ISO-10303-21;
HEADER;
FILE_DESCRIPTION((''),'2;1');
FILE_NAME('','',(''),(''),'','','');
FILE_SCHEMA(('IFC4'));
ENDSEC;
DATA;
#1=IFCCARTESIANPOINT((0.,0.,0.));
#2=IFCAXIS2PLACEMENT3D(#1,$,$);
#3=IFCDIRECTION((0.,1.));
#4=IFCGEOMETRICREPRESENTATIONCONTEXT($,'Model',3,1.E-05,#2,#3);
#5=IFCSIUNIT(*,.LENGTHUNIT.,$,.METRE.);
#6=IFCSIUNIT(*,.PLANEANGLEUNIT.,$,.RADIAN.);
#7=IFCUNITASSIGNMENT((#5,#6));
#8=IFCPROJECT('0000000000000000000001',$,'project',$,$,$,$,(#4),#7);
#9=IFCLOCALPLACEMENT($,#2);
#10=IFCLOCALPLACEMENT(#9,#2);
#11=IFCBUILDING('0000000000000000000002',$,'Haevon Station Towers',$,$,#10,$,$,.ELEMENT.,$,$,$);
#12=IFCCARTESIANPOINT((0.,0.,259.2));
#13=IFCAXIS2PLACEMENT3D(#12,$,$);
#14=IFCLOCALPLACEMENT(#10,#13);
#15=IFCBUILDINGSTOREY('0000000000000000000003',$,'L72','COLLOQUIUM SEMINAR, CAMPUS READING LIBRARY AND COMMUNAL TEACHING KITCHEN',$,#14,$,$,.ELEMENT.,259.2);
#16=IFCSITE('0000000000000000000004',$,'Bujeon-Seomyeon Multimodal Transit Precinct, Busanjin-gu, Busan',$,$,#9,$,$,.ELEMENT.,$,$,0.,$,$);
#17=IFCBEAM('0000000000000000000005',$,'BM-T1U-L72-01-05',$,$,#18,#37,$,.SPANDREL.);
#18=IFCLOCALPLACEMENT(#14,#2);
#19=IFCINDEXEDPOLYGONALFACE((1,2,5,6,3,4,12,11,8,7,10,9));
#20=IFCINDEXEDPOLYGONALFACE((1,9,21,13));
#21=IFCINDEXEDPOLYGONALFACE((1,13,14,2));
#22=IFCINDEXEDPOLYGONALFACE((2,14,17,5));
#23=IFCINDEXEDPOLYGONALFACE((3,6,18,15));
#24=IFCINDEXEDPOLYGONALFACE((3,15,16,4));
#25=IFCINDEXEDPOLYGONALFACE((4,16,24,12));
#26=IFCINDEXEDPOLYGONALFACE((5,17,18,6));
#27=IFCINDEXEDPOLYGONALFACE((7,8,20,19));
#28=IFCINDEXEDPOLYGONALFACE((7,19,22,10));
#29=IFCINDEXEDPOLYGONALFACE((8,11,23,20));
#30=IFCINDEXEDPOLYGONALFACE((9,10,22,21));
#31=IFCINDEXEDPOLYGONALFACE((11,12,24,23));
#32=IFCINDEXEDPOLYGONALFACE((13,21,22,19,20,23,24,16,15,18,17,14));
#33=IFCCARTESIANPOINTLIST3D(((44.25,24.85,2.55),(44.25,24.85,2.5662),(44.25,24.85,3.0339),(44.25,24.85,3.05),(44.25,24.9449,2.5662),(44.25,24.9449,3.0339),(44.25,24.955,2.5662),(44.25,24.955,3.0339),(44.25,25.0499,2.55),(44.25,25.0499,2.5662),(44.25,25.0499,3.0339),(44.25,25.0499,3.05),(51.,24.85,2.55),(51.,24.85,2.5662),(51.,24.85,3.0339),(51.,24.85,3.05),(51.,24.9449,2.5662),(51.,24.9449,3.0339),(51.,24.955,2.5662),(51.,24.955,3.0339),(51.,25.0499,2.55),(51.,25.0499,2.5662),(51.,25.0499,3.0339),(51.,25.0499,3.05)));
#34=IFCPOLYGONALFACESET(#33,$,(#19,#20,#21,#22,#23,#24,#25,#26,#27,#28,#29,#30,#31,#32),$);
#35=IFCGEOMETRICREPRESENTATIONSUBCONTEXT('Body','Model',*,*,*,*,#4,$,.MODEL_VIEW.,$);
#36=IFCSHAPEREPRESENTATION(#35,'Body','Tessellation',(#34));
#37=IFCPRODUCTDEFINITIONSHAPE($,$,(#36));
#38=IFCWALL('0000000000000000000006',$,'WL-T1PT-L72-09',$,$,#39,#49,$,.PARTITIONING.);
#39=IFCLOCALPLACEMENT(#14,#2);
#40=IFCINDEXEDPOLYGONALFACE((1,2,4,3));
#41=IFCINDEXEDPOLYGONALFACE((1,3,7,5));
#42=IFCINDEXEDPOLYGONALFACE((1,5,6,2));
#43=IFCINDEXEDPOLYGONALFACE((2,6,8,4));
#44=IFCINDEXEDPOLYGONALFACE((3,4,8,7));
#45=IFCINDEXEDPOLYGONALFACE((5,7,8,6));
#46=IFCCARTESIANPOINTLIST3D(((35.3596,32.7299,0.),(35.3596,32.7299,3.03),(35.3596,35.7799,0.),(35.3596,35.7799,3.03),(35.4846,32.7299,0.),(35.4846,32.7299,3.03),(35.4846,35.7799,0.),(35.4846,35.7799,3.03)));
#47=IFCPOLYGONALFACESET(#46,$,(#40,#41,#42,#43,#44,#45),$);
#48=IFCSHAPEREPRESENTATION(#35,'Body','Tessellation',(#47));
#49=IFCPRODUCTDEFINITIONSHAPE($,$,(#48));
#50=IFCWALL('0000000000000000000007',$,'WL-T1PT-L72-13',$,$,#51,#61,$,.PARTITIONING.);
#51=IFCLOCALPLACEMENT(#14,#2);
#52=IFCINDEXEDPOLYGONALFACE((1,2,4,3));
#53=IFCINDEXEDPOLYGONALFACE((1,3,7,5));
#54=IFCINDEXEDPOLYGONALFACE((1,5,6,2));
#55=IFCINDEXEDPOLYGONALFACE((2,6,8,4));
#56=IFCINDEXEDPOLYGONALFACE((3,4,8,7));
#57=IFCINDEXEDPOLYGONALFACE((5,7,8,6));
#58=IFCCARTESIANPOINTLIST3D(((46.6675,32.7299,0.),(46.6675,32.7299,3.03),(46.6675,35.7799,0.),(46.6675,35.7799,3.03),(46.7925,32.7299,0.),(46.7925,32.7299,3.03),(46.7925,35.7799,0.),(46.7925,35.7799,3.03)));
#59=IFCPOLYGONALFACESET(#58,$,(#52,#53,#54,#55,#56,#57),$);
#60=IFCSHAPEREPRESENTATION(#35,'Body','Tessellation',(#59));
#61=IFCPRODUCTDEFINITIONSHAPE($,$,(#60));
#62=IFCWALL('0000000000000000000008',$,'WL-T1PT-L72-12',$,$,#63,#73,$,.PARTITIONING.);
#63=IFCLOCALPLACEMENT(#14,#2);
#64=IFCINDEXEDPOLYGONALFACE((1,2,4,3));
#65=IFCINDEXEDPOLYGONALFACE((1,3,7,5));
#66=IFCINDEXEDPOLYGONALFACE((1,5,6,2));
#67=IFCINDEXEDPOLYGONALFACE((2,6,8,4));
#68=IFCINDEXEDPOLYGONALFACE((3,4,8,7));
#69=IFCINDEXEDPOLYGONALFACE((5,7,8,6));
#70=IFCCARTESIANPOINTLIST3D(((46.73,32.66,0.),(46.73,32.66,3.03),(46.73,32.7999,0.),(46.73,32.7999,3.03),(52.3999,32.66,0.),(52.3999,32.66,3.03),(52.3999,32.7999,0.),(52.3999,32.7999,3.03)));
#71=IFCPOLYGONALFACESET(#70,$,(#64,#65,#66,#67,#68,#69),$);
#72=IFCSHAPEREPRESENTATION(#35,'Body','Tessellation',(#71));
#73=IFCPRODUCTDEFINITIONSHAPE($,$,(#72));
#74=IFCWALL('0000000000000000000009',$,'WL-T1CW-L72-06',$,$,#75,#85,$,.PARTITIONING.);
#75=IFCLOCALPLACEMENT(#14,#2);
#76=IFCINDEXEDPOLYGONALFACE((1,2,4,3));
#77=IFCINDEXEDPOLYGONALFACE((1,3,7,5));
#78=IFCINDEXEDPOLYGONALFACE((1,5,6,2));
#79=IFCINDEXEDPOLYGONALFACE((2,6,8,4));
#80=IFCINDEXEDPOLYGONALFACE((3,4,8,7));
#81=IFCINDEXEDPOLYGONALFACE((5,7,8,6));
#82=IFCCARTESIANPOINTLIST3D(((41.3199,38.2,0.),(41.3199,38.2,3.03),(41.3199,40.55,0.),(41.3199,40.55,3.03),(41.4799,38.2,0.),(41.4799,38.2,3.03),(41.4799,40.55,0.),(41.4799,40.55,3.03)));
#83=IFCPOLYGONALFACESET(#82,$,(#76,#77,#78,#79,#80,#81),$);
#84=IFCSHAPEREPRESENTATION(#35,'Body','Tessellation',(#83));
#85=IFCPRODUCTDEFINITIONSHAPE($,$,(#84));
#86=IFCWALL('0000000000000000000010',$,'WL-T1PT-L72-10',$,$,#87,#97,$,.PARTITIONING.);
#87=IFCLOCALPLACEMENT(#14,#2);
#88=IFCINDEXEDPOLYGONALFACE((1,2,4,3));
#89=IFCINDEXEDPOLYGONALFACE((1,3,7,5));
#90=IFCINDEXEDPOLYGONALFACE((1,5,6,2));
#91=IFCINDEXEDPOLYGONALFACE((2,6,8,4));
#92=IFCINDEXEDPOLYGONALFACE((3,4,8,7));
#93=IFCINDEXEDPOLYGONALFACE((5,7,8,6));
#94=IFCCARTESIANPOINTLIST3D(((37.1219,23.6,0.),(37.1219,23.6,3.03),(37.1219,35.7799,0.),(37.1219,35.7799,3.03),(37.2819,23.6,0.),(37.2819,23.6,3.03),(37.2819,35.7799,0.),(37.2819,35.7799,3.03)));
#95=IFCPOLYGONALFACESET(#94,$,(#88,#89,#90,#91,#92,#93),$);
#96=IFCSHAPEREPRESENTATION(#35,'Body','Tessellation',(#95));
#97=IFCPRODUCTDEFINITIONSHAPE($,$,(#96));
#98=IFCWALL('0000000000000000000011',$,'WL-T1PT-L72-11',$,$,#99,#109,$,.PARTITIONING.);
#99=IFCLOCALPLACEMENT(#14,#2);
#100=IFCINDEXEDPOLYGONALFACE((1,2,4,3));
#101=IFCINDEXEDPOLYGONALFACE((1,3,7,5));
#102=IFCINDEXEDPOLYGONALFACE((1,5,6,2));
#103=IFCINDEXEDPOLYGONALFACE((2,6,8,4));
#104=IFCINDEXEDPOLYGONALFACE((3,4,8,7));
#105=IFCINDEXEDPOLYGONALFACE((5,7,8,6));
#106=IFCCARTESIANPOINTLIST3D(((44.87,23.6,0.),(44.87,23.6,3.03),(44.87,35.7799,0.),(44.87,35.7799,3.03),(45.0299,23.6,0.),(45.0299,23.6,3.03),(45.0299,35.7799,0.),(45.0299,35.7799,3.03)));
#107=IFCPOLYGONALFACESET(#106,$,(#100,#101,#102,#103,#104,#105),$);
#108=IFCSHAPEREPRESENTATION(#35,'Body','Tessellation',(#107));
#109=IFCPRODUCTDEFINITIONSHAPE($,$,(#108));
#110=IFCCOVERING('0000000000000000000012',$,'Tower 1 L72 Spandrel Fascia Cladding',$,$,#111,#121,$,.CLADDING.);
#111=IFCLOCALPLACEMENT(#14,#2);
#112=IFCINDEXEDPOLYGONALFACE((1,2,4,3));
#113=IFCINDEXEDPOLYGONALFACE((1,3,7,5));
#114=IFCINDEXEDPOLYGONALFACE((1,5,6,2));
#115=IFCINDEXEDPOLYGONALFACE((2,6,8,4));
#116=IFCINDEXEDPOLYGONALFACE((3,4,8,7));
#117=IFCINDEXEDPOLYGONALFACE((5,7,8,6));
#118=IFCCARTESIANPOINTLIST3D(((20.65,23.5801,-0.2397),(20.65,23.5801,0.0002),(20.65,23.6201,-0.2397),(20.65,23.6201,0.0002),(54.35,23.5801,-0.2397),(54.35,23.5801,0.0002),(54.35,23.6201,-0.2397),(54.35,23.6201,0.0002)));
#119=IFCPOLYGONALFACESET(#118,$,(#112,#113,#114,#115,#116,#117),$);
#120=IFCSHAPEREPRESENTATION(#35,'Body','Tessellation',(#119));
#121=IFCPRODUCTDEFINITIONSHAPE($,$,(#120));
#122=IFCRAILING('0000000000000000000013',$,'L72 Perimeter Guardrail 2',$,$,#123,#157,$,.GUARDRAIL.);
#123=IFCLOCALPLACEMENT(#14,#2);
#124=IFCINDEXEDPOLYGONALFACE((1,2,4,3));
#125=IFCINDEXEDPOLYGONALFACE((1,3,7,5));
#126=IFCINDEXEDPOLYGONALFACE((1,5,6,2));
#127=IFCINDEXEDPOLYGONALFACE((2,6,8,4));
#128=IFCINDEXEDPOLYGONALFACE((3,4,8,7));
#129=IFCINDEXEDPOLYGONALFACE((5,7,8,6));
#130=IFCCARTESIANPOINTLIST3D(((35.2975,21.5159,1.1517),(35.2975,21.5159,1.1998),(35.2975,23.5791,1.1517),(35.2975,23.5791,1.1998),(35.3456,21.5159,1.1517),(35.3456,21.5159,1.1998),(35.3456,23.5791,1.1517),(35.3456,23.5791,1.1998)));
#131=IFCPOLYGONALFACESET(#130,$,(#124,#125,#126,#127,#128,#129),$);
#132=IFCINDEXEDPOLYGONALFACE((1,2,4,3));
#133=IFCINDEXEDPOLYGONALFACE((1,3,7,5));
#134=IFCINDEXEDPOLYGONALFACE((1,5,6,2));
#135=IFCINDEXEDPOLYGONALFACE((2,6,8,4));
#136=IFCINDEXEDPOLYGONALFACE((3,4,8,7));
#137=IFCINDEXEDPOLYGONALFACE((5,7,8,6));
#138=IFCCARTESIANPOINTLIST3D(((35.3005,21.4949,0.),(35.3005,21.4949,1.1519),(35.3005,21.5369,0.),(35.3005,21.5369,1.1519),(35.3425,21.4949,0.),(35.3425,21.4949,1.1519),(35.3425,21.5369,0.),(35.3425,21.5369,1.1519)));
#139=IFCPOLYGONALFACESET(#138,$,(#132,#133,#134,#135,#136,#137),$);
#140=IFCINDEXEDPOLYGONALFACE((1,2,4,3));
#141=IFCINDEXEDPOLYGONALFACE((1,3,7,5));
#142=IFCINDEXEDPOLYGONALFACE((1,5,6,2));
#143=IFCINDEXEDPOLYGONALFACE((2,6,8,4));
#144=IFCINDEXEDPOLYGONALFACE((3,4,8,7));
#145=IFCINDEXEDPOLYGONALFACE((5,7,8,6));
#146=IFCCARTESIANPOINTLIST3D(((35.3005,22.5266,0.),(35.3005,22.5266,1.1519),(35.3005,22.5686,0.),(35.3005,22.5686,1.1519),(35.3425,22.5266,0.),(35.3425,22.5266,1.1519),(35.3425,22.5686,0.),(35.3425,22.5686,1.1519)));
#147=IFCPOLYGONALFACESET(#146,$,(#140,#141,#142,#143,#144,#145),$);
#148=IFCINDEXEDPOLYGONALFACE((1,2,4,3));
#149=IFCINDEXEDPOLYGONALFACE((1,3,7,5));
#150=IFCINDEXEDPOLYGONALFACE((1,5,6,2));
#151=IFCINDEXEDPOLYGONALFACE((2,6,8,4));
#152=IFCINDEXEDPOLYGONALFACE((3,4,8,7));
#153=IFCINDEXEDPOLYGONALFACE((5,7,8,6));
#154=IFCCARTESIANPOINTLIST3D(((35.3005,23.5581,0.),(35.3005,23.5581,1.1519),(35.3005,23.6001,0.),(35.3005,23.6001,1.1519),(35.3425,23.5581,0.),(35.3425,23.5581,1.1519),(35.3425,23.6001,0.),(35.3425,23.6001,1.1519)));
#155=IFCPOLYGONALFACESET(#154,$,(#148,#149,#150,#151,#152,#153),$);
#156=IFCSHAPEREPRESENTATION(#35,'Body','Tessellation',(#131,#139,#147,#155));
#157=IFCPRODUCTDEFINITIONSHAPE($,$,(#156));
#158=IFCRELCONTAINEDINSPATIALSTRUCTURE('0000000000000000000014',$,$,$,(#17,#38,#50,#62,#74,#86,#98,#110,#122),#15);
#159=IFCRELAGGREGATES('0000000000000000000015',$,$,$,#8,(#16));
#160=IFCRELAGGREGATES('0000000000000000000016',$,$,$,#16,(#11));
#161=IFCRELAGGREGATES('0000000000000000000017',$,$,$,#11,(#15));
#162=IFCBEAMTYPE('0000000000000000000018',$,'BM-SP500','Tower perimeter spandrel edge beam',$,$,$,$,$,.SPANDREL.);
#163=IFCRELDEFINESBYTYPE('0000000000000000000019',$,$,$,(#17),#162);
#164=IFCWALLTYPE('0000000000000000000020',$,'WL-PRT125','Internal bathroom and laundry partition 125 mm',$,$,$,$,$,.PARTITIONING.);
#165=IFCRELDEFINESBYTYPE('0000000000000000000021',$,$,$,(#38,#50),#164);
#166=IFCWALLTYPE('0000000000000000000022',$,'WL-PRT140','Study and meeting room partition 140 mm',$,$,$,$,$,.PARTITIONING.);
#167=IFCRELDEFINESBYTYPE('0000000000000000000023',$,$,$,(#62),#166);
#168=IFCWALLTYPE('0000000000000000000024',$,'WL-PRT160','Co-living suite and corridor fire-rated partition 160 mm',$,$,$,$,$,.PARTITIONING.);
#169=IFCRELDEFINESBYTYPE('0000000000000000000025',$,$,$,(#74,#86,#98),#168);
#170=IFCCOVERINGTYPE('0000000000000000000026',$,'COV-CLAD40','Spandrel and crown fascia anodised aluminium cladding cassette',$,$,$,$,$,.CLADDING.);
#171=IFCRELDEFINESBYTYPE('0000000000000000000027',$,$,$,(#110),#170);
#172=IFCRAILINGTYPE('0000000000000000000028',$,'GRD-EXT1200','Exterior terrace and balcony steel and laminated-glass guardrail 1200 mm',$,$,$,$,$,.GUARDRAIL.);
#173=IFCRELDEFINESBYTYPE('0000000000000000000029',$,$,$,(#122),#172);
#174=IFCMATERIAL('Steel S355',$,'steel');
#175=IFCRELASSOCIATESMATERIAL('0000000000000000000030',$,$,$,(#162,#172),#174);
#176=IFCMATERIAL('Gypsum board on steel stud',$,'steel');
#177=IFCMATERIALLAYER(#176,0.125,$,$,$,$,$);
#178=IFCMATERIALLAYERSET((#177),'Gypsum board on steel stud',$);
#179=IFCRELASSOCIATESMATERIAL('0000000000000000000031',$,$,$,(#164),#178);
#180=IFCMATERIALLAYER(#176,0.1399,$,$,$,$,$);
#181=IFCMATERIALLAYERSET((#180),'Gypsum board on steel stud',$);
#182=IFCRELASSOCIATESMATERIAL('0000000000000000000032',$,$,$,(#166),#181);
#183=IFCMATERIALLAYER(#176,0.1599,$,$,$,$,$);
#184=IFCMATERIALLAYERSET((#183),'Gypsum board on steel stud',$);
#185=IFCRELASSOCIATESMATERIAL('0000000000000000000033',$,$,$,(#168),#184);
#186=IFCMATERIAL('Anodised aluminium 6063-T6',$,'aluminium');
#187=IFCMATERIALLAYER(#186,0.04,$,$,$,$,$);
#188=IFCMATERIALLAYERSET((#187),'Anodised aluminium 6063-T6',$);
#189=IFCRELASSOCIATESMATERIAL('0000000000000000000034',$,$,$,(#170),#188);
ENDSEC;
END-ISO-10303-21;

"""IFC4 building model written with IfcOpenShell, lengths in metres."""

from ifc_helpers import new_model, si_unit, direction, frame, frame_2d, origin, origin_2d, place, context, subcontext, project, spatial, rectangle, i_section, extrude, material, layer, layer_set, material_profile, profile_set, type_object, element, save


model = new_model("IFC4")

# Units and contexts
model_context = context("Model", 3, precision=1e-05, world=origin(), true_north=direction((0.0, 1.0)))
body_context = subcontext(model_context, "Body", "Model", "MODEL_VIEW")
ifc_project = project(units=[si_unit("LENGTHUNIT", "METRE"), si_unit("PLANEANGLEUNIT", "RADIAN")], contexts=[model_context])

# Site, building, storey
site_placement = place(None, origin())
site = spatial("IfcSite", under=ifc_project, at=site_placement, Name="Bujeon-Seomyeon Multimodal Transit Precinct, Busanjin-gu, Busan", CompositionType="ELEMENT", RefElevation=0.0)
building_placement = place(site_placement, origin())
building = spatial("IfcBuilding", under=site, at=building_placement, Name="Haevon Station Towers", CompositionType="ELEMENT")
storey_placement = place(building_placement, frame((0.0, 0.0, 259.2)))
storey = spatial("IfcBuildingStorey", under=building, at=storey_placement, Name="L72", Description="COLLOQUIUM SEMINAR, CAMPUS READING LIBRARY AND COMMUNAL TEACHING KITCHEN", CompositionType="ELEMENT", Elevation=259.2)

# Shared definitions
ifc_material_1 = material(Name="Steel S355", Category="steel")

# Beam
ifc_material_profile_1 = material_profile(ifc_material_1, i_section(OverallWidth=0.2, OverallDepth=0.5, WebThickness=0.01, FlangeThickness=0.0161, at=origin_2d()), Name="H-500x200x10x16")
ifc_profile_set_1 = profile_set([ifc_material_profile_1], Name="Steel S355")
beam_type_1 = type_object("IfcBeamType", Name="BM-SP500", Description="Tower perimeter spandrel edge beam", PredefinedType="SPANDREL", material=ifc_profile_set_1)
for number, where, z_axis, x_axis, name in (
    (1, (44.25, 24.95, 2.8), (1.0, 0.0, 0.0), (0.0, 1.0, 0.0), "BM-T1U-L72-01-05"),
):
    element("IfcBeam", number, at=place(storey_placement, frame(where, z_axis=z_axis, x_axis=x_axis)), inside=storey, type_object=beam_type_1, Name=name, PredefinedType="SPANDREL", context=body_context, shape_type="SweptSolid", body=[
        extrude(i_section(OverallWidth=0.2, OverallDepth=0.5, WebThickness=0.01, FlangeThickness=0.0161, at=origin_2d()), origin(), (0.0, 0.0, 1.0), 6.75),
    ])

# Walls
ifc_material_2 = material(Name="Gypsum board on steel stud", Category="steel")
ifc_layer_1 = layer(ifc_material_2, 0.125)
ifc_layer_set_1 = layer_set([ifc_layer_1], Name="Gypsum board on steel stud")
wall_type_1 = type_object("IfcWallType", Name="WL-PRT125", Description="Internal bathroom and laundry partition 125 mm", PredefinedType="PARTITIONING", material=ifc_layer_set_1)
for number, where, z_axis, x_axis, name in (
    (2, (35.4221, 32.73, 0.0), (0.0, 0.0, 1.0), (0.0, 1.0, 0.0), "WL-T1PT-L72-09"),
    (3, (46.73, 32.73, 0.0), (0.0, 0.0, 1.0), (0.0, 1.0, 0.0), "WL-T1PT-L72-13"),
):
    element("IfcWall", number, at=place(storey_placement, frame(where, z_axis=z_axis, x_axis=x_axis)), inside=storey, type_object=wall_type_1, Name=name, PredefinedType="PARTITIONING", context=body_context, shape_type="SweptSolid", body=[
        extrude(rectangle(XDim=3.05, YDim=0.125, at=frame_2d((1.5249, 0.0))), origin(), (0.0, 0.0, 1.0), 3.03),
    ])
ifc_layer_2 = layer(ifc_material_2, 0.1399)
ifc_layer_set_2 = layer_set([ifc_layer_2], Name="Gypsum board on steel stud")
wall_type_2 = type_object("IfcWallType", Name="WL-PRT140", Description="Study and meeting room partition 140 mm", PredefinedType="PARTITIONING", material=ifc_layer_set_2)
wall_1_placement = place(storey_placement, frame((46.73, 32.73, 0.0), z_axis=(0.0, 0.0, 1.0), x_axis=(1.0, 0.0, 0.0)))
element("IfcWall", 4, at=wall_1_placement, inside=storey, type_object=wall_type_2, Name="WL-T1PT-L72-12", PredefinedType="PARTITIONING", context=body_context, shape_type="SweptSolid", body=[
    extrude(rectangle(XDim=5.6699, YDim=0.1399, at=frame_2d((2.835, 0.0))), origin(), (0.0, 0.0, 1.0), 3.03),
])
ifc_layer_3 = layer(ifc_material_2, 0.1599)
ifc_layer_set_3 = layer_set([ifc_layer_3], Name="Gypsum board on steel stud")
wall_type_3 = type_object("IfcWallType", Name="WL-PRT160", Description="Co-living suite and corridor fire-rated partition 160 mm", PredefinedType="PARTITIONING", material=ifc_layer_set_3)
wall_2_placement = place(storey_placement, frame((41.3999, 38.2, 0.0), z_axis=(0.0, 0.0, 1.0), x_axis=(0.0, 1.0, 0.0)))
element("IfcWall", 5, at=wall_2_placement, inside=storey, type_object=wall_type_3, Name="WL-T1CW-L72-06", PredefinedType="PARTITIONING", context=body_context, shape_type="SweptSolid", body=[
    extrude(rectangle(XDim=2.3501, YDim=0.1599, at=frame_2d((1.175, 0.0))), origin(), (0.0, 0.0, 1.0), 3.03),
])
for number, where, z_axis, x_axis, name in (
    (6, (37.2019, 23.6001, 0.0), (0.0, 0.0, 1.0), (0.0, 1.0, 0.0), "WL-T1PT-L72-10"),
    (7, (44.95, 23.6001, 0.0), (0.0, 0.0, 1.0), (0.0, 1.0, 0.0), "WL-T1PT-L72-11"),
):
    element("IfcWall", number, at=place(storey_placement, frame(where, z_axis=z_axis, x_axis=x_axis)), inside=storey, type_object=wall_type_3, Name=name, PredefinedType="PARTITIONING", context=body_context, shape_type="SweptSolid", body=[
        extrude(rectangle(XDim=12.1799, YDim=0.1599, at=frame_2d((6.0898, 0.0))), origin(), (0.0, 0.0, 1.0), 3.03),
    ])

# Covering
ifc_material_3 = material(Name="Anodised aluminium 6063-T6", Category="aluminium")
ifc_layer_4 = layer(ifc_material_3, 0.04)
ifc_layer_set_4 = layer_set([ifc_layer_4], Name="Anodised aluminium 6063-T6")
covering_type = type_object("IfcCoveringType", Name="COV-CLAD40", Description="Spandrel and crown fascia anodised aluminium cladding cassette", PredefinedType="CLADDING", material=ifc_layer_set_4)
covering_placement = place(storey_placement, frame((37.5, 23.6001, -0.2397), z_axis=(0.0, 0.0, 1.0), x_axis=(1.0, 0.0, 0.0)))
element("IfcCovering", 8, at=covering_placement, inside=storey, type_object=covering_type, Name="Tower 1 L72 Spandrel Fascia Cladding", PredefinedType="CLADDING", context=body_context, shape_type="SweptSolid", body=[
    extrude(rectangle(XDim=33.7, YDim=0.04, at=origin_2d()), origin(), (0.0, 0.0, 1.0), 0.24),
])

# Railing
railing_type = type_object("IfcRailingType", Name="GRD-EXT1200", Description="Exterior terrace and balcony steel and laminated-glass guardrail 1200 mm", PredefinedType="GUARDRAIL", material=ifc_material_1)
railing_placement = place(storey_placement, frame((35.3215, 21.5159, 0.0)))
element("IfcRailing", 9, at=railing_placement, inside=storey, type_object=railing_type, Name="L72 Perimeter Guardrail 2", PredefinedType="GUARDRAIL", context=body_context, shape_type="SweptSolid", body=[
    extrude(rectangle(XDim=0.0481, YDim=0.0481, at=origin_2d()), frame((0.0, 0.0, 1.1758), z_axis=(0.0, 1.0, 0.0), x_axis=(-1.0, 0.0, 0.0)), (0.0, 0.0, 1.0), 2.0632),
    extrude(rectangle(XDim=0.042, YDim=0.042, at=origin_2d()), origin(), (0.0, 0.0, 1.0), 1.1519),
    extrude(rectangle(XDim=0.042, YDim=0.042, at=origin_2d()), frame((0.0, 1.0317, 0.0)), (0.0, 0.0, 1.0), 1.1519),
    extrude(rectangle(XDim=0.042, YDim=0.042, at=origin_2d()), frame((0.0, 2.0632, 0.0)), (0.0, 0.0, 1.0), 1.1519),
])

save(model, "model.ifc")
